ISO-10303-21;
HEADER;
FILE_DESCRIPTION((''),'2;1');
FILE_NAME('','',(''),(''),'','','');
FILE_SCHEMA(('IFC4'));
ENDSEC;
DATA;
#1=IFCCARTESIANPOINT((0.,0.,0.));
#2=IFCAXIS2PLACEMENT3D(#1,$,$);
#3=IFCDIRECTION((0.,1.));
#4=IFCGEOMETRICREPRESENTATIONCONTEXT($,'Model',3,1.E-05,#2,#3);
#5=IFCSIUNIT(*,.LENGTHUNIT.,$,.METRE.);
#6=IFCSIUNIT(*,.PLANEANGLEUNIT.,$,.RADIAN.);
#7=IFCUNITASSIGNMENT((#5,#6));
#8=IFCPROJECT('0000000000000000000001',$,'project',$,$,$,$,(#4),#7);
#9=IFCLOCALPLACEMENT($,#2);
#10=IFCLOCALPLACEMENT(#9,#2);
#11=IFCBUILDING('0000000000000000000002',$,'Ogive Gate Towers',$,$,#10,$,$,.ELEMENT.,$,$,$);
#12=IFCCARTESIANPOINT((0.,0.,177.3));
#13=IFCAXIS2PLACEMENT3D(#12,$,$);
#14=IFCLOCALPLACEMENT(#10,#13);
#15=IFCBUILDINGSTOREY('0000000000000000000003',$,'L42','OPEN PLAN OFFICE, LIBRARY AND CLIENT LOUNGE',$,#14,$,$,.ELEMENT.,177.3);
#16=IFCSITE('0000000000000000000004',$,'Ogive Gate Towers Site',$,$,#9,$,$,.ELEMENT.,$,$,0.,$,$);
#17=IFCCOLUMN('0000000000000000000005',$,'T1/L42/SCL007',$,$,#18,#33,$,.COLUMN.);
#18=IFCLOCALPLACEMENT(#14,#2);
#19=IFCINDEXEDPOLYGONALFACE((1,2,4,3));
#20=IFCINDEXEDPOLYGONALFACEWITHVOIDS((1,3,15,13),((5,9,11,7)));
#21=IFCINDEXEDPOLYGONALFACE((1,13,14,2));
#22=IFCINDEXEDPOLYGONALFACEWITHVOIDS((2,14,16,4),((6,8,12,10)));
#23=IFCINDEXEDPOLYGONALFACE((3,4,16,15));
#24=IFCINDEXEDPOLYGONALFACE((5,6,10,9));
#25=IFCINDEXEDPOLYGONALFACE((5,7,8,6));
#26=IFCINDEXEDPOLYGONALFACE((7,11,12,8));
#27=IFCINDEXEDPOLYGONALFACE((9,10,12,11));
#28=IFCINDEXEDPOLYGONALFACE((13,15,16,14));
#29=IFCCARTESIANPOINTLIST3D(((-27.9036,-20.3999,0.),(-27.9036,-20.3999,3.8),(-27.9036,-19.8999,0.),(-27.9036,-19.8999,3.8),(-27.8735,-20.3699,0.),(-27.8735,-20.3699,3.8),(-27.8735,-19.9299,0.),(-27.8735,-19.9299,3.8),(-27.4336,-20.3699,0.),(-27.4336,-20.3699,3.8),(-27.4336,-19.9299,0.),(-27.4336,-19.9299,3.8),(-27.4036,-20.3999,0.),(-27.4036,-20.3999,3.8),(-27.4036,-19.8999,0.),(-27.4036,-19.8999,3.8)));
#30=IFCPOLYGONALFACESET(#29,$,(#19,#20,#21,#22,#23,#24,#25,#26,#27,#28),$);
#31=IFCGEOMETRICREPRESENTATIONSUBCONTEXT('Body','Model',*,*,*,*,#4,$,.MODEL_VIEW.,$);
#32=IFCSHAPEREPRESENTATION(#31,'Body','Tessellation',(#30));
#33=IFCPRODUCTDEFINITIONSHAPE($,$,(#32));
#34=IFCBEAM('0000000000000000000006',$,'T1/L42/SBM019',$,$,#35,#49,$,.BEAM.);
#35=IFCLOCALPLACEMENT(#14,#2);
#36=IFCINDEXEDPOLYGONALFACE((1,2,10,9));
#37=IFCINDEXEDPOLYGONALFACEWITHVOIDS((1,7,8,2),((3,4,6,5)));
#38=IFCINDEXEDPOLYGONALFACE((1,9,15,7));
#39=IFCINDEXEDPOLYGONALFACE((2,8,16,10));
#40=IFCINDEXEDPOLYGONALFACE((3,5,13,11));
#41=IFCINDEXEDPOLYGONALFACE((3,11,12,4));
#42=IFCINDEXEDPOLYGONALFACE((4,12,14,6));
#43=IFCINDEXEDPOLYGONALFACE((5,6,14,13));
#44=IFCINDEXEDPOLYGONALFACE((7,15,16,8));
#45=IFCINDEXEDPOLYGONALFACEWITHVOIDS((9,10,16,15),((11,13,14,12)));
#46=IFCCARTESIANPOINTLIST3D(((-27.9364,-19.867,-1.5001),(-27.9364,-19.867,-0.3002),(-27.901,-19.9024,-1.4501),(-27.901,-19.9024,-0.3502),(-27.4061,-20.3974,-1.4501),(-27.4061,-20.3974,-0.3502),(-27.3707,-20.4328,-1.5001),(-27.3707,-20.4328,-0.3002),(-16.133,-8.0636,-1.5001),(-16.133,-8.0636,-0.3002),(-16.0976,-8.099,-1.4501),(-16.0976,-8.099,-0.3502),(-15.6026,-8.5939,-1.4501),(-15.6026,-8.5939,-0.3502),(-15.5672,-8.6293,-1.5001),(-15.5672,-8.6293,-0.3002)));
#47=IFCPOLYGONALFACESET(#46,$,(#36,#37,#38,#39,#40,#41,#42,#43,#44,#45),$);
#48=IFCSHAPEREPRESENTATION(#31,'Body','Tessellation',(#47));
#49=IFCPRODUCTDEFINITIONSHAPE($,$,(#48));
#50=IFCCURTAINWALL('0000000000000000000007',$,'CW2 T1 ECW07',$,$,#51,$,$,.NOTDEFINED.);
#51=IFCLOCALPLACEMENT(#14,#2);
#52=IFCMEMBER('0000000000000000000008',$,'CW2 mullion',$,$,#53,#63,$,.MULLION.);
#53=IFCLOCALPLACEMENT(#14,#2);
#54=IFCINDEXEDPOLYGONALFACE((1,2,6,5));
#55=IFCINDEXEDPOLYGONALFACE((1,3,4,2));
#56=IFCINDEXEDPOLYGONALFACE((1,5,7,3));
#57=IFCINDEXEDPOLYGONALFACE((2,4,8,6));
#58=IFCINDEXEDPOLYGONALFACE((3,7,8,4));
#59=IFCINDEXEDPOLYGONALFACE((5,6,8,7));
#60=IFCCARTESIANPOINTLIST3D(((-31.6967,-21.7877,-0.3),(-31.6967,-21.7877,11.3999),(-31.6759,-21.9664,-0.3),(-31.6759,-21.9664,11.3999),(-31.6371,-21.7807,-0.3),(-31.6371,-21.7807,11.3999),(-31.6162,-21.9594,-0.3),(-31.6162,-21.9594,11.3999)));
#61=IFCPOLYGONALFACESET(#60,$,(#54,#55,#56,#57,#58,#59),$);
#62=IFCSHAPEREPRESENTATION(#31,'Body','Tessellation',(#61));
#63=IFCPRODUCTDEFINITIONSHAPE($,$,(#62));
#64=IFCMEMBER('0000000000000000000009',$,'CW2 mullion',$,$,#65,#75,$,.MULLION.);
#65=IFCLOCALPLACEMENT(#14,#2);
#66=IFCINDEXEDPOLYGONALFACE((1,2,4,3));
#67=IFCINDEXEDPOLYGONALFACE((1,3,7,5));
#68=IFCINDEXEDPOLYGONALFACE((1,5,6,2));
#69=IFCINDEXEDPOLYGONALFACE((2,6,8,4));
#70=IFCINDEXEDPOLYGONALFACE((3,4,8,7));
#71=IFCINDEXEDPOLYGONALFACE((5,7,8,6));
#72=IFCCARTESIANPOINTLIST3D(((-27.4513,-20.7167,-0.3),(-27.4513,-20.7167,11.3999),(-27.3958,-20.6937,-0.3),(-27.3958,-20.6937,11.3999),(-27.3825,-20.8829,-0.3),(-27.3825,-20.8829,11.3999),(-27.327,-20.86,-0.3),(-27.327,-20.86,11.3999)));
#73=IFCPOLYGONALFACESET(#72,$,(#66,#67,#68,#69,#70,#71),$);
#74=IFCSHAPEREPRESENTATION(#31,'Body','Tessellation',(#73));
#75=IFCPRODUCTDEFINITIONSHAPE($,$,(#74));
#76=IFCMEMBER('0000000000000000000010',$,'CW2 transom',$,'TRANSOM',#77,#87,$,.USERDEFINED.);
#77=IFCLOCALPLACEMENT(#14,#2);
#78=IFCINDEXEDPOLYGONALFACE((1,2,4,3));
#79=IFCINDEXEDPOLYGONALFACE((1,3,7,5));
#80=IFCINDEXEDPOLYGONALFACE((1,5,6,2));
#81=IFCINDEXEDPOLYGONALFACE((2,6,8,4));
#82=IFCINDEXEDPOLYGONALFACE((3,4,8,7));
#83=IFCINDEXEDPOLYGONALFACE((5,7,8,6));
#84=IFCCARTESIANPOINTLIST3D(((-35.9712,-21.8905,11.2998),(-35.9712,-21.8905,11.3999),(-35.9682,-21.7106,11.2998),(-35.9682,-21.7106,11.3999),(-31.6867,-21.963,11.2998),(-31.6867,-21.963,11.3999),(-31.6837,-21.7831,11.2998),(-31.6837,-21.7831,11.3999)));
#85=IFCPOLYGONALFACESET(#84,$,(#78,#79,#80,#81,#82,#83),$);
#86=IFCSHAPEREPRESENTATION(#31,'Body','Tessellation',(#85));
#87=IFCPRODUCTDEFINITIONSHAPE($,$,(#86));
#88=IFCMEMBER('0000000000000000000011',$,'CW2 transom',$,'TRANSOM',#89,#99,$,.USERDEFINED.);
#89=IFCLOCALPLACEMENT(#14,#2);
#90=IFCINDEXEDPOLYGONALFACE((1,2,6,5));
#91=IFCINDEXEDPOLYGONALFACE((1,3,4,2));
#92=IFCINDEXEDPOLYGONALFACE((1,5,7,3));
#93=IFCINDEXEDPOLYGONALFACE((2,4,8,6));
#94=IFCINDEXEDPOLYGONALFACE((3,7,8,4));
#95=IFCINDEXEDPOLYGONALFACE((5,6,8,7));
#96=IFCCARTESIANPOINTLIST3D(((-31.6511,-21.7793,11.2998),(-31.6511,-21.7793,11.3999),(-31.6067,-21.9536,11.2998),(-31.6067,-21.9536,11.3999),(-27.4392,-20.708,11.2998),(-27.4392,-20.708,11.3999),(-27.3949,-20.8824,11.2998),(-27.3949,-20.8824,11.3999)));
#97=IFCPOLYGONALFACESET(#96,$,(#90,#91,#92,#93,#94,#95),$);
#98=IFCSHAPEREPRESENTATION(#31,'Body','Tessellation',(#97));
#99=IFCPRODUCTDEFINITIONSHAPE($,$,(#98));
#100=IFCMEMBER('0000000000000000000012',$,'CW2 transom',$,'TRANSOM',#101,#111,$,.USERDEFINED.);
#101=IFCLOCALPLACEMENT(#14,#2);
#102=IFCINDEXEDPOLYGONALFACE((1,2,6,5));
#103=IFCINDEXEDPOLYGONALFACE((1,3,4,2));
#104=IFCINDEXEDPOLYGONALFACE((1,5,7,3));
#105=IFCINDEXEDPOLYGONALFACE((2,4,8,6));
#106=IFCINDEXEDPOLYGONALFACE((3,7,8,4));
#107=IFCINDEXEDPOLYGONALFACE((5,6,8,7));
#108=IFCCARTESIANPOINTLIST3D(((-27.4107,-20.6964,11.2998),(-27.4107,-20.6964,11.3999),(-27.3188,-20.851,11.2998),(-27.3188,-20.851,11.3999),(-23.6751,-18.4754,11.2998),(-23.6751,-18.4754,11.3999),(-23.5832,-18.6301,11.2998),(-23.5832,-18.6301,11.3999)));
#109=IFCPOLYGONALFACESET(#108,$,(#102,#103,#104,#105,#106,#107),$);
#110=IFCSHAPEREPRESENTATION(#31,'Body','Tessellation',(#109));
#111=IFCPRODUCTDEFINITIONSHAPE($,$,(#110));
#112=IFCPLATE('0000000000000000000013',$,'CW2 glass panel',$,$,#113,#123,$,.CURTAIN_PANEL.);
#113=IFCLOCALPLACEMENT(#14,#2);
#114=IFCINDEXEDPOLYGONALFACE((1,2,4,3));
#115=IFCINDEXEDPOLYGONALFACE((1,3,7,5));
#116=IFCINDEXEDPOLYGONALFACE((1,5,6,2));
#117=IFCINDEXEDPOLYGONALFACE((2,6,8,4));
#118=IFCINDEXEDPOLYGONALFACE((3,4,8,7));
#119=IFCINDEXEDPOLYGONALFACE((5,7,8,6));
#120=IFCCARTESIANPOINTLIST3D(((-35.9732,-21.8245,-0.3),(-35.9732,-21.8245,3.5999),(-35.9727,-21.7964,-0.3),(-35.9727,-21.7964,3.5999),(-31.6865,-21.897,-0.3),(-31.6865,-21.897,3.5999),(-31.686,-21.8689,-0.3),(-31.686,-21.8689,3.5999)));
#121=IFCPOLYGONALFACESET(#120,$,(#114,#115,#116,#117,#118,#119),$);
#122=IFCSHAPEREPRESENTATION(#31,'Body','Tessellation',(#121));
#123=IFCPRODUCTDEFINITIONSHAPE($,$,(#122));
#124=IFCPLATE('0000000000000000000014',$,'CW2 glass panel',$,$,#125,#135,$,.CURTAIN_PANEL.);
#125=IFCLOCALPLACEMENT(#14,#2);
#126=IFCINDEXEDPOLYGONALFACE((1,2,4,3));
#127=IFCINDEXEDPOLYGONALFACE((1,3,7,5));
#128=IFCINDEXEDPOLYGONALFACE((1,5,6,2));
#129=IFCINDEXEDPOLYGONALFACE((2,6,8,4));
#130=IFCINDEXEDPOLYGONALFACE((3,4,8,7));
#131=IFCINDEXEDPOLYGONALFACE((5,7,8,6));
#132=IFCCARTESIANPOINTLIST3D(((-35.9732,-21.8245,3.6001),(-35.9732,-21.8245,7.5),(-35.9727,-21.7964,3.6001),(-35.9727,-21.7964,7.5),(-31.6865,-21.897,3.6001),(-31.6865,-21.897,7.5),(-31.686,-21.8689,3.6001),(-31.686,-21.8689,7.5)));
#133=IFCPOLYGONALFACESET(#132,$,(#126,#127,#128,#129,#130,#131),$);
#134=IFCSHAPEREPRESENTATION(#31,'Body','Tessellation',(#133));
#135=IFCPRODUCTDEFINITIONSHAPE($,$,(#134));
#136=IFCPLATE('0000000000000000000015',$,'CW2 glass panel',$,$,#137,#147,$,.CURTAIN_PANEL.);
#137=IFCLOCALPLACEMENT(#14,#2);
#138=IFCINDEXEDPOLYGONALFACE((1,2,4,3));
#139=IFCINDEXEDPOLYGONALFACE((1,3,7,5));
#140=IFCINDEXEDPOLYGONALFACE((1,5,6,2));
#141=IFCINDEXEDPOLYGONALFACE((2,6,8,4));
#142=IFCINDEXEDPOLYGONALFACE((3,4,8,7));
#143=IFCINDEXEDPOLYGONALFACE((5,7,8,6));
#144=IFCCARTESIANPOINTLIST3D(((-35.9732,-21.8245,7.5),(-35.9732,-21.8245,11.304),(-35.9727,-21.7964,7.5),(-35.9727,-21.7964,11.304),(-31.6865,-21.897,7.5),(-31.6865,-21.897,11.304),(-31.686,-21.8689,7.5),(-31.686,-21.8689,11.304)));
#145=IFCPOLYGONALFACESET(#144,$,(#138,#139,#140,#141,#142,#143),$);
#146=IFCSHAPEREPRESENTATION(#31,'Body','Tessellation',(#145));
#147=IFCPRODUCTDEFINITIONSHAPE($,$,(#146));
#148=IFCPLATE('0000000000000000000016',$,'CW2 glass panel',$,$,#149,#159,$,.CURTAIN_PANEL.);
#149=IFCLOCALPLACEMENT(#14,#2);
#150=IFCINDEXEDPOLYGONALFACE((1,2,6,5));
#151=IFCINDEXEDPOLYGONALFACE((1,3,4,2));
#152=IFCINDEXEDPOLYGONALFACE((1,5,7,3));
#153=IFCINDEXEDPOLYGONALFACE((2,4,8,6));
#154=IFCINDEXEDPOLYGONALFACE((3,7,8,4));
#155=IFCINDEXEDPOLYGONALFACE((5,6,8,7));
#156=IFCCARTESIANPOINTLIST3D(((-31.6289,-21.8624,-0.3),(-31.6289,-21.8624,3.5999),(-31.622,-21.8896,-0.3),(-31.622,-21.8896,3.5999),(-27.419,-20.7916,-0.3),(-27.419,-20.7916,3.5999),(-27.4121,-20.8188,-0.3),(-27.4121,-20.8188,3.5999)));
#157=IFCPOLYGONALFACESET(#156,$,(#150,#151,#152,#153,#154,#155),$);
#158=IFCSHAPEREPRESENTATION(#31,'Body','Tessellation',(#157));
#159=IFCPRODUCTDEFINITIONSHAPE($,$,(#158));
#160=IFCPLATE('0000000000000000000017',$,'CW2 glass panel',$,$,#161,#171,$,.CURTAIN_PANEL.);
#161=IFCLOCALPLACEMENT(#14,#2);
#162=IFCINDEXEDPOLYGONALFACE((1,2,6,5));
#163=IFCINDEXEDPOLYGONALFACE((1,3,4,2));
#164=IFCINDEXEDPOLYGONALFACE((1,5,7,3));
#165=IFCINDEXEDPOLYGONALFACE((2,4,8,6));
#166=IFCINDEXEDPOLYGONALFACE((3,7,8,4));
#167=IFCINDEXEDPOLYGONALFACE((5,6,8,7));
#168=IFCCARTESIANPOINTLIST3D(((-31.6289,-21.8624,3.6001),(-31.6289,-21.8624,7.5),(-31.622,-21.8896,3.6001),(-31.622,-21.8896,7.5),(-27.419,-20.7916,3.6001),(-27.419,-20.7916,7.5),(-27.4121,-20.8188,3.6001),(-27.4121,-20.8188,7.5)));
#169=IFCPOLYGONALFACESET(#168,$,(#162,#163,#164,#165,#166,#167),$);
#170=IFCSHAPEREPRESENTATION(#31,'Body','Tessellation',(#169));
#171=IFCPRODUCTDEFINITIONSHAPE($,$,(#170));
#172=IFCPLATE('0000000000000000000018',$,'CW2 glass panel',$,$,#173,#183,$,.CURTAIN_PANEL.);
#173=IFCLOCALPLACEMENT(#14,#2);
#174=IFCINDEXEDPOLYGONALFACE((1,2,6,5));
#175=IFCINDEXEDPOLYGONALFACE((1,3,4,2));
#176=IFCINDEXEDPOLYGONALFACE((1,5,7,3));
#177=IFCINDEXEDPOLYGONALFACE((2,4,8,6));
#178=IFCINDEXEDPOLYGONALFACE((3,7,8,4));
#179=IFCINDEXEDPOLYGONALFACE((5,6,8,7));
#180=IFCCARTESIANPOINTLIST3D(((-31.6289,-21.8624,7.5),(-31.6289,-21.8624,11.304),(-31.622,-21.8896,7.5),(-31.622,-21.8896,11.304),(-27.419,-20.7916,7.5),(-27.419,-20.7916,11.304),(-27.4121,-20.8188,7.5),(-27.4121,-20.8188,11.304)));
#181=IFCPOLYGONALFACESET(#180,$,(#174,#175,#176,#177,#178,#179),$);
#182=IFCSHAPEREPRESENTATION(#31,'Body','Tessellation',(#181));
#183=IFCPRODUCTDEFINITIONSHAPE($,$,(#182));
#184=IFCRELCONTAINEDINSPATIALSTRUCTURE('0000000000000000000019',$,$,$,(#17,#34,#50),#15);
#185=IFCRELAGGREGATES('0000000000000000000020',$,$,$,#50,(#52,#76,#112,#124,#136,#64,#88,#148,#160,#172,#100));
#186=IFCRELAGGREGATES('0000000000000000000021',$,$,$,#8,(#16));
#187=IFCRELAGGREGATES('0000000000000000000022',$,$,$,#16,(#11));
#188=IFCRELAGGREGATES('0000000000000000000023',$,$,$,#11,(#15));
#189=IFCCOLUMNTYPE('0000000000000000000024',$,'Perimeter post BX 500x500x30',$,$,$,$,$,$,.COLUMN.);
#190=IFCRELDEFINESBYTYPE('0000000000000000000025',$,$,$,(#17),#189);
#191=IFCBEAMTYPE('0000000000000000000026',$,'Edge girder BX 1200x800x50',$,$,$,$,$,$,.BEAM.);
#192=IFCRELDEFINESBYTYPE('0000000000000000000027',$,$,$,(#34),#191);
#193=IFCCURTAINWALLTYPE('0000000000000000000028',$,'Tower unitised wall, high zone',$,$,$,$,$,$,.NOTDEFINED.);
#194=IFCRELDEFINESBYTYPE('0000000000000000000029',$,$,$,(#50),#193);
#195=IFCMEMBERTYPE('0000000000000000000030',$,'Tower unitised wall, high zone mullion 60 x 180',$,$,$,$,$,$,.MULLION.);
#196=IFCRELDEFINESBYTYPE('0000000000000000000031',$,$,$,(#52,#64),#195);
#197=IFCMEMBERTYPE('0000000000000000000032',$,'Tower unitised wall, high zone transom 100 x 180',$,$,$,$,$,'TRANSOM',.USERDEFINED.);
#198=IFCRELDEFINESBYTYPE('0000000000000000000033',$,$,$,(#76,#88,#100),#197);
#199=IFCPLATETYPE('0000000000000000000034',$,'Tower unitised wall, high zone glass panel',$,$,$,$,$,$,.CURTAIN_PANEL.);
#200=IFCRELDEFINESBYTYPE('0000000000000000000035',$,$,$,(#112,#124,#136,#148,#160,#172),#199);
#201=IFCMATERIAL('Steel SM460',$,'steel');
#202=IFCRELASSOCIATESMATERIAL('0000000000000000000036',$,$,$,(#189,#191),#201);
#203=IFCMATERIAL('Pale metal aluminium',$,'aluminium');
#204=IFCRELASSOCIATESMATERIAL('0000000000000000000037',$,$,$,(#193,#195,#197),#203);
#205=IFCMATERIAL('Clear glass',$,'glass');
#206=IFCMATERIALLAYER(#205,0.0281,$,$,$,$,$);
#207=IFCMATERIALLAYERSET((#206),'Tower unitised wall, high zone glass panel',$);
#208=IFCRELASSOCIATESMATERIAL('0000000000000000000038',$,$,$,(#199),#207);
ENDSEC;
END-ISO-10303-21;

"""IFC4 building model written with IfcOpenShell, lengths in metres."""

from ifc_helpers import new_model, si_unit, direction, frame, origin, origin_2d, place, context, subcontext, project, spatial, rectangle, hollow_rectangle, extrude, material, layer, layer_set, material_profile, profile_set, type_object, element, aggregate, save


model = new_model("IFC4")

# Units and contexts
model_context = context("Model", 3, precision=1e-05, world=origin(), true_north=direction((0.0, 1.0)))
body_context = subcontext(model_context, "Body", "Model", "MODEL_VIEW")
ifc_project = project(units=[si_unit("LENGTHUNIT", "METRE"), si_unit("PLANEANGLEUNIT", "RADIAN")], contexts=[model_context])

# Site, building, storey
site_placement = place(None, origin())
site = spatial("IfcSite", under=ifc_project, at=site_placement, Name="Ogive Gate Towers Site", CompositionType="ELEMENT", RefElevation=0.0)
building_placement = place(site_placement, origin())
building = spatial("IfcBuilding", under=site, at=building_placement, Name="Ogive Gate Towers", CompositionType="ELEMENT")
storey_placement = place(building_placement, frame((0.0, 0.0, 177.3)))
storey = spatial("IfcBuildingStorey", under=building, at=storey_placement, Name="L42", Description="OPEN PLAN OFFICE, LIBRARY AND CLIENT LOUNGE", CompositionType="ELEMENT", Elevation=177.3)

# Column
ifc_material_1 = material(Name="Steel SM460", Category="steel")
ifc_material_profile_1 = material_profile(ifc_material_1, hollow_rectangle(XDim=0.5, YDim=0.5, WallThickness=0.03, at=origin_2d()), Name="BX 500x500x30")
ifc_profile_set_1 = profile_set([ifc_material_profile_1], Name="Steel SM460")
column_type = type_object("IfcColumnType", Name="Perimeter post BX 500x500x30", PredefinedType="COLUMN", material=ifc_profile_set_1)
column_placement = place(storey_placement, frame((-27.6536, -20.1499, 0.0), z_axis=(0.0, 0.0, 1.0), x_axis=(1.0, 0.0, 0.0)))
element("IfcColumn", 1, at=column_placement, inside=storey, type_object=column_type, Name="T1/L42/SCL007", PredefinedType="COLUMN", context=body_context, shape_type="SweptSolid", body=[
    extrude(hollow_rectangle(XDim=0.5, YDim=0.5, WallThickness=0.03, at=origin_2d()), origin(), (0.0, 0.0, 1.0), 3.8),
])

# Beam
ifc_material_profile_2 = material_profile(ifc_material_1, hollow_rectangle(XDim=0.8, YDim=1.2, WallThickness=0.05, at=origin_2d()), Name="BX 1200x800x50")
ifc_profile_set_2 = profile_set([ifc_material_profile_2], Name="Steel SM460")
beam_type = type_object("IfcBeamType", Name="Edge girder BX 1200x800x50", PredefinedType="BEAM", material=ifc_profile_set_2)
beam_placement = place(storey_placement, frame((-27.6536, -20.1499, -0.9001), z_axis=(0.707107, 0.707107, 0.0), x_axis=(-0.707107, 0.707107, 0.0)))
element("IfcBeam", 2, at=beam_placement, inside=storey, type_object=beam_type, Name="T1/L42/SBM019", PredefinedType="BEAM", context=body_context, shape_type="SweptSolid", body=[
    extrude(hollow_rectangle(XDim=0.8, YDim=1.2, WallThickness=0.05, at=origin_2d()), origin(), (0.0, 0.0, 1.0), 16.6926),
])

# Curtain wall, members, plates
ifc_material_2 = material(Name="Pale metal aluminium", Category="aluminium")
curtain_wall_type = type_object("IfcCurtainWallType", Name="Tower unitised wall, high zone", PredefinedType="NOTDEFINED", material=ifc_material_2)
curtain_wall_placement = place(storey_placement, origin())
curtain_wall = element("IfcCurtainWall", 3, at=curtain_wall_placement, inside=storey, type_object=curtain_wall_type, Name="CW2 T1 ECW07", PredefinedType="NOTDEFINED")
ifc_material_profile_3 = material_profile(ifc_material_2, rectangle(XDim=0.1799, YDim=0.0601, at=origin_2d()), Name="60 x 180 aluminium box")
ifc_profile_set_3 = profile_set([ifc_material_profile_3], Name="Pale metal aluminium")
member_type_1 = type_object("IfcMemberType", Name="Tower unitised wall, high zone mullion 60 x 180", PredefinedType="MULLION", material=ifc_profile_set_3)
member_1_placement = place(storey_placement, frame((-31.6565, -21.8735, -0.3), z_axis=(0.0, 0.0, 1.0), x_axis=(0.115804, -0.993272, 0.0)))
member_1 = element("IfcMember", 4, at=member_1_placement, type_object=member_type_1, Name="CW2 mullion", PredefinedType="MULLION", context=body_context, shape_type="SweptSolid", body=[
    extrude(rectangle(XDim=0.1799, YDim=0.0601, at=origin_2d()), origin(), (0.0, 0.0, 1.0), 11.7),
])
member_2_placement = place(storey_placement, frame((-27.3892, -20.7883, -0.3), z_axis=(0.0, 0.0, 1.0), x_axis=(0.382683, -0.92388, 0.0)))
member_2 = element("IfcMember", 5, at=member_2_placement, type_object=member_type_1, Name="CW2 mullion", PredefinedType="MULLION", context=body_context, shape_type="SweptSolid", body=[
    extrude(rectangle(XDim=0.1799, YDim=0.0601, at=origin_2d()), origin(), (0.0, 0.0, 1.0), 11.7),
])
ifc_material_profile_4 = material_profile(ifc_material_2, rectangle(XDim=0.1799, YDim=0.1001, at=origin_2d()), Name="100 x 180 aluminium box")
ifc_profile_set_4 = profile_set([ifc_material_profile_4], Name="Pale metal aluminium")
member_type_2 = type_object("IfcMemberType", Name="Tower unitised wall, high zone transom 100 x 180", ElementType="TRANSOM", PredefinedType="USERDEFINED", material=ifc_profile_set_4)
member_3_placement = place(storey_placement, frame((-35.9697, -21.8005, 11.3499), z_axis=(0.999857, -0.016922, 0.0), x_axis=(0.016922, 0.999857, 0.0)))
member_3 = element("IfcMember", 6, at=member_3_placement, type_object=member_type_2, Name="CW2 transom", ObjectType="TRANSOM", PredefinedType="USERDEFINED", context=body_context, shape_type="SweptSolid", body=[
    extrude(rectangle(XDim=0.1799, YDim=0.1001, at=origin_2d()), origin(), (0.0, 0.0, 1.0), 4.2852),
])
member_4_placement = place(storey_placement, frame((-31.6289, -21.8665, 11.3499), z_axis=(0.969143, 0.246499, 0.0), x_axis=(-0.246499, 0.969143, 0.0)))
member_4 = element("IfcMember", 7, at=member_4_placement, type_object=member_type_2, Name="CW2 transom", ObjectType="TRANSOM", PredefinedType="USERDEFINED", context=body_context, shape_type="SweptSolid", body=[
    extrude(rectangle(XDim=0.1799, YDim=0.1001, at=origin_2d()), origin(), (0.0, 0.0, 1.0), 4.3459),
])
member_5_placement = place(storey_placement, frame((-27.3647, -20.7737, 11.3499), z_axis=(0.859558, 0.511038, 0.0), x_axis=(-0.511038, 0.859558, 0.0)))
member_5 = element("IfcMember", 8, at=member_5_placement, type_object=member_type_2, Name="CW2 transom", ObjectType="TRANSOM", PredefinedType="USERDEFINED", context=body_context, shape_type="SweptSolid", body=[
    extrude(rectangle(XDim=0.1799, YDim=0.1001, at=origin_2d()), origin(), (0.0, 0.0, 1.0), 4.3459),
])
ifc_material_3 = material(Name="Clear glass", Category="glass")
ifc_layer_1 = layer(ifc_material_3, 0.0281)
ifc_layer_set_1 = layer_set([ifc_layer_1], Name="Tower unitised wall, high zone glass panel")
plate_type = type_object("IfcPlateType", Name="Tower unitised wall, high zone glass panel", PredefinedType="CURTAIN_PANEL", material=ifc_layer_set_1)
plate_1_placement = place(storey_placement, frame((-33.8296, -21.8467, -0.3), z_axis=(0.0, 0.0, 1.0), x_axis=(0.999857, -0.016911, 0.0)))
plate_1 = element("IfcPlate", 9, at=plate_1_placement, type_object=plate_type, Name="CW2 glass panel", PredefinedType="CURTAIN_PANEL", context=body_context, shape_type="SweptSolid", body=[
    extrude(rectangle(XDim=4.2874, YDim=0.0281, at=origin_2d()), origin(), (0.0, 0.0, 1.0), 3.8999),
])
plate_2_placement = place(storey_placement, frame((-33.8296, -21.8467, 3.6001), z_axis=(0.0, 0.0, 1.0), x_axis=(0.999857, -0.016911, 0.0)))
plate_2 = element("IfcPlate", 10, at=plate_2_placement, type_object=plate_type, Name="CW2 glass panel", PredefinedType="CURTAIN_PANEL", context=body_context, shape_type="SweptSolid", body=[
    extrude(rectangle(XDim=4.2874, YDim=0.0281, at=origin_2d()), origin(), (0.0, 0.0, 1.0), 3.8999),
])
plate_3_placement = place(storey_placement, frame((-33.8296, -21.8467, 7.5), z_axis=(0.0, 0.0, 1.0), x_axis=(0.999857, -0.016911, 0.0)))
plate_3 = element("IfcPlate", 11, at=plate_3_placement, type_object=plate_type, Name="CW2 glass panel", PredefinedType="CURTAIN_PANEL", context=body_context, shape_type="SweptSolid", body=[
    extrude(rectangle(XDim=4.2874, YDim=0.0281, at=origin_2d()), origin(), (0.0, 0.0, 1.0), 3.804),
])
plate_4_placement = place(storey_placement, frame((-29.5205, -21.3406, -0.3), z_axis=(0.0, 0.0, 1.0), x_axis=(0.969145, 0.246492, 0.0)))
plate_4 = element("IfcPlate", 12, at=plate_4_placement, type_object=plate_type, Name="CW2 glass panel", PredefinedType="CURTAIN_PANEL", context=body_context, shape_type="SweptSolid", body=[
    extrude(rectangle(XDim=4.344, YDim=0.0281, at=origin_2d()), origin(), (0.0, 0.0, 1.0), 3.8999),
])
plate_5_placement = place(storey_placement, frame((-29.5205, -21.3406, 3.6001), z_axis=(0.0, 0.0, 1.0), x_axis=(0.969145, 0.246492, 0.0)))
plate_5 = element("IfcPlate", 13, at=plate_5_placement, type_object=plate_type, Name="CW2 glass panel", PredefinedType="CURTAIN_PANEL", context=body_context, shape_type="SweptSolid", body=[
    extrude(rectangle(XDim=4.344, YDim=0.0281, at=origin_2d()), origin(), (0.0, 0.0, 1.0), 3.8999),
])
plate_6_placement = place(storey_placement, frame((-29.5205, -21.3406, 7.5), z_axis=(0.0, 0.0, 1.0), x_axis=(0.969145, 0.246492, 0.0)))
plate_6 = element("IfcPlate", 14, at=plate_6_placement, type_object=plate_type, Name="CW2 glass panel", PredefinedType="CURTAIN_PANEL", context=body_context, shape_type="SweptSolid", body=[
    extrude(rectangle(XDim=4.344, YDim=0.0281, at=origin_2d()), origin(), (0.0, 0.0, 1.0), 3.804),
])
aggregate(curtain_wall, [member_1, member_3, plate_1, plate_2, plate_3, member_2, member_4, plate_4, plate_5, plate_6, member_5])

save(model, "model.ifc")
